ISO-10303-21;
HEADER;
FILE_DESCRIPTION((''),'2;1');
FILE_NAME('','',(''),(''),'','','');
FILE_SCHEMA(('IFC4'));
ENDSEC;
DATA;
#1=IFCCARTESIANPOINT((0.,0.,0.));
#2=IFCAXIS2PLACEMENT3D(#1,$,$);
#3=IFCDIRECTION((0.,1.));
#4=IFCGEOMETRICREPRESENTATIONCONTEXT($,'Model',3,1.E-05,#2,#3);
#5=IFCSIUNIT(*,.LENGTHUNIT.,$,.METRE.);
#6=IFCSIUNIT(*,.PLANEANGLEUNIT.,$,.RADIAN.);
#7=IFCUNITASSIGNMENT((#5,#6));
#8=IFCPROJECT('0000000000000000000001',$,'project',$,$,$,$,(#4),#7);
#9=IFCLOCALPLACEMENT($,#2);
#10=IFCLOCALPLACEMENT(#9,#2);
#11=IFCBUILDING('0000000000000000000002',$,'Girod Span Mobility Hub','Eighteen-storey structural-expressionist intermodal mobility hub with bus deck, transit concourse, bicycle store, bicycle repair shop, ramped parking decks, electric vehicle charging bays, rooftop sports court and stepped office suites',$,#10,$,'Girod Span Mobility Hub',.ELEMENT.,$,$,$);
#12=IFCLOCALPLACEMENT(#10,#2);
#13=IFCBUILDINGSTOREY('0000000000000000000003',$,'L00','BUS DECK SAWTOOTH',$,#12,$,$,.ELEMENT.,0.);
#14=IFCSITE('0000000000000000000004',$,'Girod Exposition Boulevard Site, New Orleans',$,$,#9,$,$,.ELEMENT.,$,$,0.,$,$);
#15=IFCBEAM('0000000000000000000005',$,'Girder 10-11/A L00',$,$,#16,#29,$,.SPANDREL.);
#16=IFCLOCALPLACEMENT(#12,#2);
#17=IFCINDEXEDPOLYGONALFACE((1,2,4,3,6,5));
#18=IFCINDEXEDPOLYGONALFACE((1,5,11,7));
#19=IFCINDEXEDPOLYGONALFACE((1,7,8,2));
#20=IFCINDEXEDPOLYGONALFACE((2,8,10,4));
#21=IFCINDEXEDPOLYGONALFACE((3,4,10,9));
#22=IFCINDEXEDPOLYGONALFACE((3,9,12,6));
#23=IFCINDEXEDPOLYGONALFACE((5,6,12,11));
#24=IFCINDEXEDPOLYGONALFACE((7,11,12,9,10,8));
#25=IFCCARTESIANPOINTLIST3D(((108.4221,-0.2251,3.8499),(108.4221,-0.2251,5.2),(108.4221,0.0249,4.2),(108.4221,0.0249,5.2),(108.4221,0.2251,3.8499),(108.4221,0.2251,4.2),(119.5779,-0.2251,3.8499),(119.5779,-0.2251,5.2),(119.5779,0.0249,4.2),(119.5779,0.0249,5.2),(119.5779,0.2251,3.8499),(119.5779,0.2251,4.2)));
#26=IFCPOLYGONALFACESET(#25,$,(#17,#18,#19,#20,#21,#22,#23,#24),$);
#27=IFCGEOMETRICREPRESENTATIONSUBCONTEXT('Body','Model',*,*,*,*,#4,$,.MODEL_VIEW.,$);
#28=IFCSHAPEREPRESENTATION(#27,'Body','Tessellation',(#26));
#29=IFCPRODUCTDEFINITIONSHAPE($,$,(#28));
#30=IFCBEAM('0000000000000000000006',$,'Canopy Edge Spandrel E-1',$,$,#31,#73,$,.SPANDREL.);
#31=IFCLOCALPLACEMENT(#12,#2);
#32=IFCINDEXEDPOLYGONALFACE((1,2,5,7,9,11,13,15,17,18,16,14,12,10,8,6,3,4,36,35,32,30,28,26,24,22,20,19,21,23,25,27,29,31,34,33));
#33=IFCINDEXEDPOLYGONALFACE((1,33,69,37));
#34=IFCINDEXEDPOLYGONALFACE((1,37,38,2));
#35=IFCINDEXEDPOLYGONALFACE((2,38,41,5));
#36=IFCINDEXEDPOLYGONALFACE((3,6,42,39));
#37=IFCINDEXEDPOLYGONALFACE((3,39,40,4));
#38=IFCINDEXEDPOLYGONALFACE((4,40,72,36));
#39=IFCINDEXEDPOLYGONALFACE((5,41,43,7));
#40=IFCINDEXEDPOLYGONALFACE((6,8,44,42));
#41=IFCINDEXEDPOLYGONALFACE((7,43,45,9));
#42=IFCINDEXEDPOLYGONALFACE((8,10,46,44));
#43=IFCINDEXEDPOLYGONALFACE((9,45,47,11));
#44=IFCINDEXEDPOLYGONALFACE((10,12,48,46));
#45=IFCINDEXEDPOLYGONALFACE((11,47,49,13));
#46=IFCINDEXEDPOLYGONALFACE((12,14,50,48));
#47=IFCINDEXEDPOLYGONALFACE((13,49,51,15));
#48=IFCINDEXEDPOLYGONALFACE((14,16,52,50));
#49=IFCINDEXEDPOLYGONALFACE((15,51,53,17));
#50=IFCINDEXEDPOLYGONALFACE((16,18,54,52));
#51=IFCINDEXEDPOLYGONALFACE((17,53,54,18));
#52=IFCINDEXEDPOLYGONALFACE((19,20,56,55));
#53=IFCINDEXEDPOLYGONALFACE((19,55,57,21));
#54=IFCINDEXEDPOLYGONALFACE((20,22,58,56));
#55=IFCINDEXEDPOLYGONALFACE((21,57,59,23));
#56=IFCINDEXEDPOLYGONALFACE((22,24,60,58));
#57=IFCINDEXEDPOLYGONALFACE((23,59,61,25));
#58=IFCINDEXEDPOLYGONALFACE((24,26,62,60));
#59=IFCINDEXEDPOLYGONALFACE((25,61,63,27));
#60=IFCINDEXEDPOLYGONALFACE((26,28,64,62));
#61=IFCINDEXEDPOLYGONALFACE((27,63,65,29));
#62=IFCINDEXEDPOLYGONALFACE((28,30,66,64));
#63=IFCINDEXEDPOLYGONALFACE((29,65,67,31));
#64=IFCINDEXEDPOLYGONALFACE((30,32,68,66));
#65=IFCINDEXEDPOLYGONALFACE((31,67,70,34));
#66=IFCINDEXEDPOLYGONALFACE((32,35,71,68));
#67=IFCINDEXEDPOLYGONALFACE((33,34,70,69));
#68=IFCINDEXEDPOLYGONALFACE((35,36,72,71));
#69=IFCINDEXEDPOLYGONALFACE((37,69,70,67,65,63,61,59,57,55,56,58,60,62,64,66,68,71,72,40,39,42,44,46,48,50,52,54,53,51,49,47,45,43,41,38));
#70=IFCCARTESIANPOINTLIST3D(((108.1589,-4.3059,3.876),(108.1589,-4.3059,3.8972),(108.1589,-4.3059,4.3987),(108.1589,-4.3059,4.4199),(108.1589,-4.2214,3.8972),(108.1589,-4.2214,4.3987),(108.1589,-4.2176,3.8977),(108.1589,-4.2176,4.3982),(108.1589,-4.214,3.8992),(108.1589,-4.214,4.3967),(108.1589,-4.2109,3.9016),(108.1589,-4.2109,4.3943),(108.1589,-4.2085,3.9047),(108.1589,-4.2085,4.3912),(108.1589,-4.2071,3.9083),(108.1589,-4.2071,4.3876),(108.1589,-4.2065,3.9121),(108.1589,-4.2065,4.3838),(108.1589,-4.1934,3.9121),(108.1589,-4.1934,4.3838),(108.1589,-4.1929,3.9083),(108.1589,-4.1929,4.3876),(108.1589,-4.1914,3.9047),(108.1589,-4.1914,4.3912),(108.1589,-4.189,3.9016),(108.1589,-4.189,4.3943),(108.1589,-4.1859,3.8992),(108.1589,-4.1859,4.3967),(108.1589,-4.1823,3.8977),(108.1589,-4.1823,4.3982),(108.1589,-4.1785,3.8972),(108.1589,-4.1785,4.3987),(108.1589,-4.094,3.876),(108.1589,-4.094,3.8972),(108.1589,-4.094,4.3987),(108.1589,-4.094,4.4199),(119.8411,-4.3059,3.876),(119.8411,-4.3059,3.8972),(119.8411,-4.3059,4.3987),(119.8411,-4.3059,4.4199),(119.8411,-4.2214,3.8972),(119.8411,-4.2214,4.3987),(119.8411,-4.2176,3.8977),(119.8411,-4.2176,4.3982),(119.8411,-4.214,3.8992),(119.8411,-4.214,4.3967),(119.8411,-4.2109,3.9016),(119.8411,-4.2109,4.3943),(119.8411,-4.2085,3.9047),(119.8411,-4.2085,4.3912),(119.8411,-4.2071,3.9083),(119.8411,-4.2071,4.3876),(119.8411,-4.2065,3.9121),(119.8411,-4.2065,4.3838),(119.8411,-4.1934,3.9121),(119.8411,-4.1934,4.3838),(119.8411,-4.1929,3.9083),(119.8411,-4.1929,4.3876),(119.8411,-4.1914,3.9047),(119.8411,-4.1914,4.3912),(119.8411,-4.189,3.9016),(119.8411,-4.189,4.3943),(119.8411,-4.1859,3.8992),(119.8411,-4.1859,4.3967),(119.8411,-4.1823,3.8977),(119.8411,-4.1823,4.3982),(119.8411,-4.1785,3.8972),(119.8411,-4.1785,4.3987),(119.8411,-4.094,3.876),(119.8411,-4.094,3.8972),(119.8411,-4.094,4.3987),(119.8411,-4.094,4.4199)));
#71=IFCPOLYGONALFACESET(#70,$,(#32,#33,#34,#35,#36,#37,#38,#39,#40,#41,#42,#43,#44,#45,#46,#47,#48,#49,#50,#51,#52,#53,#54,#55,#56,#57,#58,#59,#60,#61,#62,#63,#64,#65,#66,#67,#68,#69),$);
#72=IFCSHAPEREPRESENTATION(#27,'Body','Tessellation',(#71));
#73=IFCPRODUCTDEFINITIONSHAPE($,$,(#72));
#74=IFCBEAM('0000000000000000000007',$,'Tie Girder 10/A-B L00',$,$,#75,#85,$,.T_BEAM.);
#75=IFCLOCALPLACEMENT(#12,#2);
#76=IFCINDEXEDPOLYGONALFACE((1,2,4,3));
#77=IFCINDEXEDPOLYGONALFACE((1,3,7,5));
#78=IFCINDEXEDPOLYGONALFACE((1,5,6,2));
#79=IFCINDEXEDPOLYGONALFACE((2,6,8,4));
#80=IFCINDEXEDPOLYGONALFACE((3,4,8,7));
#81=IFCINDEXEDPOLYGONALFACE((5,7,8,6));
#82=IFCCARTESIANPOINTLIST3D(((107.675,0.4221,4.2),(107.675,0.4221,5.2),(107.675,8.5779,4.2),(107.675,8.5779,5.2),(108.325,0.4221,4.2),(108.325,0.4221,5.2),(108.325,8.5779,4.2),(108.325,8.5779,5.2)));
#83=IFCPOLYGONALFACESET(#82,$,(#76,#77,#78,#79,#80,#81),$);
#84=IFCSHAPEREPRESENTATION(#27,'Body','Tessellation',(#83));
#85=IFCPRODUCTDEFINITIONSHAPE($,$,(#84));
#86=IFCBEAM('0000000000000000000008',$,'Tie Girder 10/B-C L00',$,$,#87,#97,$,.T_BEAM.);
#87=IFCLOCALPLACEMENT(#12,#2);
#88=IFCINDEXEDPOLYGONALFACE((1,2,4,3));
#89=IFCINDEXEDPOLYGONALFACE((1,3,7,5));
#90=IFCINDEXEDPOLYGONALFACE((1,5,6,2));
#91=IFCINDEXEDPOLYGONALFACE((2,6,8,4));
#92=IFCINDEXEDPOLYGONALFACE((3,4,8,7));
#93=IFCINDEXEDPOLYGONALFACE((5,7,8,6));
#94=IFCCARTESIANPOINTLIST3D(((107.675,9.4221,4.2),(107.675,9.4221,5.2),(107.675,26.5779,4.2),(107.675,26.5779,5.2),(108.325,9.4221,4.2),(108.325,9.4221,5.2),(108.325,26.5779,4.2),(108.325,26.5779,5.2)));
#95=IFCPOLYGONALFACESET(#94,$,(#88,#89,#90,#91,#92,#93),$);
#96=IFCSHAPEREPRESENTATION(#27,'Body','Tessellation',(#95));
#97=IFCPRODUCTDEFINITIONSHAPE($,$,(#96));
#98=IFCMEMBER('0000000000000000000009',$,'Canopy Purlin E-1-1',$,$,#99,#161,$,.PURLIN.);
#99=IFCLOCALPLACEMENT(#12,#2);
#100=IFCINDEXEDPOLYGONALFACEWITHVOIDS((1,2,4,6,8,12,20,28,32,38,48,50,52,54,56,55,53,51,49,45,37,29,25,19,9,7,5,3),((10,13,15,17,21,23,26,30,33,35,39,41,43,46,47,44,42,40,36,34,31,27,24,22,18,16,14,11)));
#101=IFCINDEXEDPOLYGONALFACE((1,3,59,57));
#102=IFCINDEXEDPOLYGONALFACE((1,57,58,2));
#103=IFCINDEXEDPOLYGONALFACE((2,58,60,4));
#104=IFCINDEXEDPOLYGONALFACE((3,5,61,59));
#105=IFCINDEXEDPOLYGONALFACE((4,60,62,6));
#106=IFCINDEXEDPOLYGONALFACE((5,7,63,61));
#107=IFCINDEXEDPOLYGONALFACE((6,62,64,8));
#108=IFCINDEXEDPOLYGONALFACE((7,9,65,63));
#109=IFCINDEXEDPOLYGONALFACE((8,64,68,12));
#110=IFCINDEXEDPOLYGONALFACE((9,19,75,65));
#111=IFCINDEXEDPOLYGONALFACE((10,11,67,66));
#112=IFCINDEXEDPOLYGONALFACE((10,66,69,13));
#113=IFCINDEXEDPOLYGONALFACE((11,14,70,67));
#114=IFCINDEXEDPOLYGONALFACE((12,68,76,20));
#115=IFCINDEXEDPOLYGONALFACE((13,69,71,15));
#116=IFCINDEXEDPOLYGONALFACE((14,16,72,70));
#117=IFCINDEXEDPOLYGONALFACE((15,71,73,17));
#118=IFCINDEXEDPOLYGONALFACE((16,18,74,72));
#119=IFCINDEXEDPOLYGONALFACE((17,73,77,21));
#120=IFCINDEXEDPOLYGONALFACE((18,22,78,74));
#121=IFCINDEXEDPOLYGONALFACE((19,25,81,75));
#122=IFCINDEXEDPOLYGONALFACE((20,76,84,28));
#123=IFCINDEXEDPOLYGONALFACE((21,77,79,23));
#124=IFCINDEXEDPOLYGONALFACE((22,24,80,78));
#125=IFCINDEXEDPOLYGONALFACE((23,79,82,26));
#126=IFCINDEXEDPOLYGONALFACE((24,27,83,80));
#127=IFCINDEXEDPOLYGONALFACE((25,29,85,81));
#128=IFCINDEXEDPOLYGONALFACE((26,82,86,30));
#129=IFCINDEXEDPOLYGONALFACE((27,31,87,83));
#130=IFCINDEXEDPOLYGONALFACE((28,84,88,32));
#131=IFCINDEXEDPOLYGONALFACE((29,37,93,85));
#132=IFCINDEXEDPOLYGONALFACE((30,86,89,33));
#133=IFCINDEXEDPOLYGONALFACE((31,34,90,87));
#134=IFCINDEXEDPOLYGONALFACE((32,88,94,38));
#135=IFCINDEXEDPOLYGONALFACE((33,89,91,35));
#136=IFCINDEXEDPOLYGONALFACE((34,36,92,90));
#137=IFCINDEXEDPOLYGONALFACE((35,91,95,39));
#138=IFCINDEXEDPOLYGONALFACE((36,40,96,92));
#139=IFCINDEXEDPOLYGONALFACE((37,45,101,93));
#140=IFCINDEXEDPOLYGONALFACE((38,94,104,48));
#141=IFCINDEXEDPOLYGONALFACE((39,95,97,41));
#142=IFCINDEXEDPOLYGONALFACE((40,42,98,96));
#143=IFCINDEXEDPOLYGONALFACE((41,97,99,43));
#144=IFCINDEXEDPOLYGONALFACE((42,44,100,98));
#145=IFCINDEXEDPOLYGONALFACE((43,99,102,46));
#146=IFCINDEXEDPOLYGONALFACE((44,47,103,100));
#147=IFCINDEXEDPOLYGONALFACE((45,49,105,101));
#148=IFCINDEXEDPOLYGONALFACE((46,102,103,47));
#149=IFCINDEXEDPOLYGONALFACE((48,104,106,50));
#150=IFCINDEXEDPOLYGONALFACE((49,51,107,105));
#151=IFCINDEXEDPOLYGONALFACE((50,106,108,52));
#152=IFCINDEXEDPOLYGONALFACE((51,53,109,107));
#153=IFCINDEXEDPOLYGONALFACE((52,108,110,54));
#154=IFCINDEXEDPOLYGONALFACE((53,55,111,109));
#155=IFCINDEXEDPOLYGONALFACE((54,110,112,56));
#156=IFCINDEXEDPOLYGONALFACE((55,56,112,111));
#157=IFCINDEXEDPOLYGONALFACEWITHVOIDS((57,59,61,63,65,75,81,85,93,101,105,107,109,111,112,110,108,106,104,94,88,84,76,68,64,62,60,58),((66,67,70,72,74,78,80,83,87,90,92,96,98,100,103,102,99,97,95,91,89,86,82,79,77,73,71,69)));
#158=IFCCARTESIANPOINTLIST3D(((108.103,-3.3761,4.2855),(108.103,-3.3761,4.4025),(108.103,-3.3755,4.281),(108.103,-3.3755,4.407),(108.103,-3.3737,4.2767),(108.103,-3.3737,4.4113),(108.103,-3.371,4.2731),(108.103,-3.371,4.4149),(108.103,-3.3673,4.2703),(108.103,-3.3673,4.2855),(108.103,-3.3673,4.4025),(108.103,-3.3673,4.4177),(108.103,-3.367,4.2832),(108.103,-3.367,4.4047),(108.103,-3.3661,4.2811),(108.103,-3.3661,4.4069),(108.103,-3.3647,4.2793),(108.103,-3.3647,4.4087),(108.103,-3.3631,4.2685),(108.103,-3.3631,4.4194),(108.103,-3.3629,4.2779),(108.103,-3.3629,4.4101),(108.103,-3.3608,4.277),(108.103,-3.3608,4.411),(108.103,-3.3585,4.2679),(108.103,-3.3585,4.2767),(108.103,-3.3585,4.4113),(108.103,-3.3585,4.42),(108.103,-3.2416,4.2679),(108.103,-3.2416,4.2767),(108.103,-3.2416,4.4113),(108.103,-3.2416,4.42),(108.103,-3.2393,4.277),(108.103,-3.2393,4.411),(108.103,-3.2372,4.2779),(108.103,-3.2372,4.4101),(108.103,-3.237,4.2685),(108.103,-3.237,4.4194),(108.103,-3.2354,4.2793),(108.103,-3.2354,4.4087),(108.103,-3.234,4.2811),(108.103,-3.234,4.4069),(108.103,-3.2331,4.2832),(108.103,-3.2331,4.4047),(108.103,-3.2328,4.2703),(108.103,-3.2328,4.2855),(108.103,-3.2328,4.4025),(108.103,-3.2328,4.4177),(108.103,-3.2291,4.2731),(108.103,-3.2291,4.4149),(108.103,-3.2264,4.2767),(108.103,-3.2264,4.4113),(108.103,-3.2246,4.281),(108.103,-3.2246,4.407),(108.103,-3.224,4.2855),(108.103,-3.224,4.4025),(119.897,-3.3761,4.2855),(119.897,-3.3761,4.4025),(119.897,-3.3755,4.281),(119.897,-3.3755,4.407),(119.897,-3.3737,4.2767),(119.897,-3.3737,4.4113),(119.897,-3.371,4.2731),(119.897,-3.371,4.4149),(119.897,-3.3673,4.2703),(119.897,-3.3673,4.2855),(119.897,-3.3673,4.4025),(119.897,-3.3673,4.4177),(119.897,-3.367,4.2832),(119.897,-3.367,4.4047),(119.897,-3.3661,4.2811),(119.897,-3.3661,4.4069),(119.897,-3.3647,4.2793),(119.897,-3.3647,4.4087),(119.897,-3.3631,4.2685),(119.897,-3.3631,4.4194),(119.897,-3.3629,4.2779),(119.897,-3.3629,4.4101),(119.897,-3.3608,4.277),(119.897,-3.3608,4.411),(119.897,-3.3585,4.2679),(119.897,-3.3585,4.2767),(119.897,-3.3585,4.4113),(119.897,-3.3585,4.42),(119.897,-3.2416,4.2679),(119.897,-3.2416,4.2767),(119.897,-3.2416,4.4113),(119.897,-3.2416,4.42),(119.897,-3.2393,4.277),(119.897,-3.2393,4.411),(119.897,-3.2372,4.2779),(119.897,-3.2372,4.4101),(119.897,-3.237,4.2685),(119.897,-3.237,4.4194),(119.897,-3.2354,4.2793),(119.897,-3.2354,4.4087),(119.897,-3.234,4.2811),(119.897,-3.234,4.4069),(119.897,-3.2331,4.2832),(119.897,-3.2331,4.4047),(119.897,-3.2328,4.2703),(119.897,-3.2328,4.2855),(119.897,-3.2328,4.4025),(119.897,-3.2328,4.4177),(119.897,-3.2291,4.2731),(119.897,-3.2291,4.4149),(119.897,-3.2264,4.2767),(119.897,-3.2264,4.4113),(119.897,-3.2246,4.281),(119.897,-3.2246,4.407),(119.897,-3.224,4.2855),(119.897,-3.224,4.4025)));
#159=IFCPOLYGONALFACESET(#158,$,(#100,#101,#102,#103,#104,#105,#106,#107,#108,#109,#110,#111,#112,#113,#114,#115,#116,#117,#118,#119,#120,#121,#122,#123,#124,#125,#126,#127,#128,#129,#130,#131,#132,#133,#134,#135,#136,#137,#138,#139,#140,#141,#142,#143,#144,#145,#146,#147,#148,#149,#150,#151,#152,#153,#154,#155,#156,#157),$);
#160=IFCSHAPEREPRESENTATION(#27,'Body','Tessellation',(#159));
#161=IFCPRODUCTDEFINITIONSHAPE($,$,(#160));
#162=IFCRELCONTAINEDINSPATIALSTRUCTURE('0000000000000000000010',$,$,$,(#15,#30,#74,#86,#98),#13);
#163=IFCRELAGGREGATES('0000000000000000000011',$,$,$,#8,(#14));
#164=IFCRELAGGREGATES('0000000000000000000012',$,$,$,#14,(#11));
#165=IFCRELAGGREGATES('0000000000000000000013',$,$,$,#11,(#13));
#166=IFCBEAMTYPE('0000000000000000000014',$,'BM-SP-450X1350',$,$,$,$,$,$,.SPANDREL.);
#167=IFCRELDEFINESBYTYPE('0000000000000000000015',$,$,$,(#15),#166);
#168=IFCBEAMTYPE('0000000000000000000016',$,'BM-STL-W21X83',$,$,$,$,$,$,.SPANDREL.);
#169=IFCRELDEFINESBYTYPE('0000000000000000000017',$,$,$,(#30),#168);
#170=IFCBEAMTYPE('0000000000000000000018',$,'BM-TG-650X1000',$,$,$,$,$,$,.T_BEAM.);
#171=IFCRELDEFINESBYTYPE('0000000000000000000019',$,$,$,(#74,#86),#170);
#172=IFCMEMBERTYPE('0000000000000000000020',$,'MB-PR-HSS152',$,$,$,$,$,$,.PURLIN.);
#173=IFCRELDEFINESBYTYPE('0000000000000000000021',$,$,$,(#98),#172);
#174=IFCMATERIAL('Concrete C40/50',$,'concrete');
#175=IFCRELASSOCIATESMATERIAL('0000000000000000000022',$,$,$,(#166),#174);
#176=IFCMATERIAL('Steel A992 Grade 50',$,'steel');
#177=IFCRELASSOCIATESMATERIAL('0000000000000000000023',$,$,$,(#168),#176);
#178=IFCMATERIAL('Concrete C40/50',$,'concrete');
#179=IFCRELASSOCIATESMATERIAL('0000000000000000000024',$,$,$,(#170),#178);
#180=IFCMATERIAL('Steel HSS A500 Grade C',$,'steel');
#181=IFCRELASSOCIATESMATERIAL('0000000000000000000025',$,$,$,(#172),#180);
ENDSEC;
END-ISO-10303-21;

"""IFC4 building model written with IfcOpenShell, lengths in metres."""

from ifc_helpers import new_model, si_unit, direction, frame, origin, origin_2d, place, context, subcontext, project, spatial, polyline, rectangle, hollow_rectangle, i_section, outline, extrude, material, material_profile, profile_set, type_object, element, save


model = new_model("IFC4")

# Units and contexts
model_context = context("Model", 3, precision=1e-05, world=origin(), true_north=direction((0.0, 1.0)))
body_context = subcontext(model_context, "Body", "Model", "MODEL_VIEW")
ifc_project = project(units=[si_unit("LENGTHUNIT", "METRE"), si_unit("PLANEANGLEUNIT", "RADIAN")], contexts=[model_context])

# Site, building, storey
site_placement = place(None, origin())
site = spatial("IfcSite", under=ifc_project, at=site_placement, Name="Girod Exposition Boulevard Site, New Orleans", CompositionType="ELEMENT", RefElevation=0.0)
building_placement = place(site_placement, origin())
building = spatial("IfcBuilding", under=site, at=building_placement, Name="Girod Span Mobility Hub", Description="Eighteen-storey structural-expressionist intermodal mobility hub with bus deck, transit concourse, bicycle store, bicycle repair shop, ramped parking decks, electric vehicle charging bays, rooftop sports court and stepped office suites", LongName="Girod Span Mobility Hub", CompositionType="ELEMENT")
storey_placement = place(building_placement, origin())
storey = spatial("IfcBuildingStorey", under=building, at=storey_placement, Name="L00", Description="BUS DECK SAWTOOTH", CompositionType="ELEMENT", Elevation=0.0)

# Beams
ifc_material_1 = material(Name="Concrete C40/50", Category="concrete")
ifc_material_profile_1 = material_profile(ifc_material_1, outline(polyline([(-0.2251, -0.675), (0.2251, -0.675), (0.2251, -0.325), (0.0249, -0.325), (0.0249, 0.675), (-0.2251, 0.675), (-0.2251, -0.675)])), Name="SP-450X1350")
ifc_profile_set_1 = profile_set([ifc_material_profile_1], Name="Concrete C40/50")
beam_type_1 = type_object("IfcBeamType", Name="BM-SP-450X1350", PredefinedType="SPANDREL", material=ifc_profile_set_1)
beam_1_placement = place(storey_placement, frame((108.4221, 0.0, 4.5249), z_axis=(1.0, 0.0, 0.0), x_axis=(0.0, 1.0, 0.0)))
element("IfcBeam", 1, at=beam_1_placement, inside=storey, type_object=beam_type_1, Name="Girder 10-11/A L00", PredefinedType="SPANDREL", context=body_context, shape_type="SweptSolid", body=[
    extrude(outline(polyline([(-0.2251, -0.675), (0.2251, -0.675), (0.2251, -0.325), (0.0249, -0.325), (0.0249, 0.675), (-0.2251, 0.675), (-0.2251, -0.675)])), origin(), (0.0, 0.0, 1.0), 11.1558),
])
ifc_material_2 = material(Name="Steel A992 Grade 50", Category="steel")
ifc_material_profile_2 = material_profile(ifc_material_2, i_section(OverallWidth=0.2119, OverallDepth=0.5439, WebThickness=0.0132, FlangeThickness=0.0212, FilletRadius=0.0149, at=origin_2d()), Name="W21X83")
ifc_profile_set_2 = profile_set([ifc_material_profile_2], Name="Steel A992 Grade 50")
beam_type_2 = type_object("IfcBeamType", Name="BM-STL-W21X83", PredefinedType="SPANDREL", material=ifc_profile_set_2)
beam_2_placement = place(storey_placement, frame((108.1589, -4.2, 4.1479), z_axis=(1.0, 0.0, 0.0), x_axis=(0.0, 1.0, 0.0)))
element("IfcBeam", 2, at=beam_2_placement, inside=storey, type_object=beam_type_2, Name="Canopy Edge Spandrel E-1", PredefinedType="SPANDREL", context=body_context, shape_type="SweptSolid", body=[
    extrude(i_section(OverallWidth=0.2119, OverallDepth=0.5439, WebThickness=0.0132, FlangeThickness=0.0212, FilletRadius=0.0149, at=origin_2d()), origin(), (0.0, 0.0, 1.0), 11.6821),
])
ifc_material_3 = material(Name="Concrete C40/50", Category="concrete")
ifc_material_profile_3 = material_profile(ifc_material_3, rectangle(XDim=0.6499, YDim=1.0, at=origin_2d()), Name="TG-650X1000")
ifc_profile_set_3 = profile_set([ifc_material_profile_3], Name="Concrete C40/50")
beam_type_3 = type_object("IfcBeamType", Name="BM-TG-650X1000", PredefinedType="T_BEAM", material=ifc_profile_set_3)
beam_3_placement = place(storey_placement, frame((108.0, 0.4221, 4.7), z_axis=(0.0, 1.0, 0.0), x_axis=(-1.0, 0.0, 0.0)))
element("IfcBeam", 3, at=beam_3_placement, inside=storey, type_object=beam_type_3, Name="Tie Girder 10/A-B L00", PredefinedType="T_BEAM", context=body_context, shape_type="SweptSolid", body=[
    extrude(rectangle(XDim=0.6499, YDim=1.0, at=origin_2d()), origin(), (0.0, 0.0, 1.0), 8.1558),
])
beam_4_placement = place(storey_placement, frame((108.0, 9.4221, 4.7), z_axis=(0.0, 1.0, 0.0), x_axis=(-1.0, 0.0, 0.0)))
element("IfcBeam", 4, at=beam_4_placement, inside=storey, type_object=beam_type_3, Name="Tie Girder 10/B-C L00", PredefinedType="T_BEAM", context=body_context, shape_type="SweptSolid", body=[
    extrude(rectangle(XDim=0.6499, YDim=1.0, at=origin_2d()), origin(), (0.0, 0.0, 1.0), 17.1558),
])

# Member
ifc_material_4 = material(Name="Steel HSS A500 Grade C", Category="steel")
ifc_material_profile_4 = material_profile(ifc_material_4, hollow_rectangle(XDim=0.1521, YDim=0.1521, WallThickness=0.0088, InnerFilletRadius=0.0088, OuterFilletRadius=0.0176, at=origin_2d()), Name="HSS152X152X9.5")
ifc_profile_set_4 = profile_set([ifc_material_profile_4], Name="Steel HSS A500 Grade C")
member_type = type_object("IfcMemberType", Name="MB-PR-HSS152", PredefinedType="PURLIN", material=ifc_profile_set_4)
for number, where, z_axis, x_axis, name in (
    (5, (108.103, -3.3, 4.344), (1.0, 0.0, 0.0), (0.0, 1.0, 0.0), "Canopy Purlin E-1-1"),
):
    element("IfcMember", number, at=place(storey_placement, frame(where, z_axis=z_axis, x_axis=x_axis)), inside=storey, type_object=member_type, Name=name, PredefinedType="PURLIN", context=body_context, shape_type="SweptSolid", body=[
        extrude(hollow_rectangle(XDim=0.1521, YDim=0.1521, WallThickness=0.0088, InnerFilletRadius=0.0088, OuterFilletRadius=0.0176, at=origin_2d()), origin(), (0.0, 0.0, 1.0), 11.7939),
    ])

save(model, "model.ifc")
